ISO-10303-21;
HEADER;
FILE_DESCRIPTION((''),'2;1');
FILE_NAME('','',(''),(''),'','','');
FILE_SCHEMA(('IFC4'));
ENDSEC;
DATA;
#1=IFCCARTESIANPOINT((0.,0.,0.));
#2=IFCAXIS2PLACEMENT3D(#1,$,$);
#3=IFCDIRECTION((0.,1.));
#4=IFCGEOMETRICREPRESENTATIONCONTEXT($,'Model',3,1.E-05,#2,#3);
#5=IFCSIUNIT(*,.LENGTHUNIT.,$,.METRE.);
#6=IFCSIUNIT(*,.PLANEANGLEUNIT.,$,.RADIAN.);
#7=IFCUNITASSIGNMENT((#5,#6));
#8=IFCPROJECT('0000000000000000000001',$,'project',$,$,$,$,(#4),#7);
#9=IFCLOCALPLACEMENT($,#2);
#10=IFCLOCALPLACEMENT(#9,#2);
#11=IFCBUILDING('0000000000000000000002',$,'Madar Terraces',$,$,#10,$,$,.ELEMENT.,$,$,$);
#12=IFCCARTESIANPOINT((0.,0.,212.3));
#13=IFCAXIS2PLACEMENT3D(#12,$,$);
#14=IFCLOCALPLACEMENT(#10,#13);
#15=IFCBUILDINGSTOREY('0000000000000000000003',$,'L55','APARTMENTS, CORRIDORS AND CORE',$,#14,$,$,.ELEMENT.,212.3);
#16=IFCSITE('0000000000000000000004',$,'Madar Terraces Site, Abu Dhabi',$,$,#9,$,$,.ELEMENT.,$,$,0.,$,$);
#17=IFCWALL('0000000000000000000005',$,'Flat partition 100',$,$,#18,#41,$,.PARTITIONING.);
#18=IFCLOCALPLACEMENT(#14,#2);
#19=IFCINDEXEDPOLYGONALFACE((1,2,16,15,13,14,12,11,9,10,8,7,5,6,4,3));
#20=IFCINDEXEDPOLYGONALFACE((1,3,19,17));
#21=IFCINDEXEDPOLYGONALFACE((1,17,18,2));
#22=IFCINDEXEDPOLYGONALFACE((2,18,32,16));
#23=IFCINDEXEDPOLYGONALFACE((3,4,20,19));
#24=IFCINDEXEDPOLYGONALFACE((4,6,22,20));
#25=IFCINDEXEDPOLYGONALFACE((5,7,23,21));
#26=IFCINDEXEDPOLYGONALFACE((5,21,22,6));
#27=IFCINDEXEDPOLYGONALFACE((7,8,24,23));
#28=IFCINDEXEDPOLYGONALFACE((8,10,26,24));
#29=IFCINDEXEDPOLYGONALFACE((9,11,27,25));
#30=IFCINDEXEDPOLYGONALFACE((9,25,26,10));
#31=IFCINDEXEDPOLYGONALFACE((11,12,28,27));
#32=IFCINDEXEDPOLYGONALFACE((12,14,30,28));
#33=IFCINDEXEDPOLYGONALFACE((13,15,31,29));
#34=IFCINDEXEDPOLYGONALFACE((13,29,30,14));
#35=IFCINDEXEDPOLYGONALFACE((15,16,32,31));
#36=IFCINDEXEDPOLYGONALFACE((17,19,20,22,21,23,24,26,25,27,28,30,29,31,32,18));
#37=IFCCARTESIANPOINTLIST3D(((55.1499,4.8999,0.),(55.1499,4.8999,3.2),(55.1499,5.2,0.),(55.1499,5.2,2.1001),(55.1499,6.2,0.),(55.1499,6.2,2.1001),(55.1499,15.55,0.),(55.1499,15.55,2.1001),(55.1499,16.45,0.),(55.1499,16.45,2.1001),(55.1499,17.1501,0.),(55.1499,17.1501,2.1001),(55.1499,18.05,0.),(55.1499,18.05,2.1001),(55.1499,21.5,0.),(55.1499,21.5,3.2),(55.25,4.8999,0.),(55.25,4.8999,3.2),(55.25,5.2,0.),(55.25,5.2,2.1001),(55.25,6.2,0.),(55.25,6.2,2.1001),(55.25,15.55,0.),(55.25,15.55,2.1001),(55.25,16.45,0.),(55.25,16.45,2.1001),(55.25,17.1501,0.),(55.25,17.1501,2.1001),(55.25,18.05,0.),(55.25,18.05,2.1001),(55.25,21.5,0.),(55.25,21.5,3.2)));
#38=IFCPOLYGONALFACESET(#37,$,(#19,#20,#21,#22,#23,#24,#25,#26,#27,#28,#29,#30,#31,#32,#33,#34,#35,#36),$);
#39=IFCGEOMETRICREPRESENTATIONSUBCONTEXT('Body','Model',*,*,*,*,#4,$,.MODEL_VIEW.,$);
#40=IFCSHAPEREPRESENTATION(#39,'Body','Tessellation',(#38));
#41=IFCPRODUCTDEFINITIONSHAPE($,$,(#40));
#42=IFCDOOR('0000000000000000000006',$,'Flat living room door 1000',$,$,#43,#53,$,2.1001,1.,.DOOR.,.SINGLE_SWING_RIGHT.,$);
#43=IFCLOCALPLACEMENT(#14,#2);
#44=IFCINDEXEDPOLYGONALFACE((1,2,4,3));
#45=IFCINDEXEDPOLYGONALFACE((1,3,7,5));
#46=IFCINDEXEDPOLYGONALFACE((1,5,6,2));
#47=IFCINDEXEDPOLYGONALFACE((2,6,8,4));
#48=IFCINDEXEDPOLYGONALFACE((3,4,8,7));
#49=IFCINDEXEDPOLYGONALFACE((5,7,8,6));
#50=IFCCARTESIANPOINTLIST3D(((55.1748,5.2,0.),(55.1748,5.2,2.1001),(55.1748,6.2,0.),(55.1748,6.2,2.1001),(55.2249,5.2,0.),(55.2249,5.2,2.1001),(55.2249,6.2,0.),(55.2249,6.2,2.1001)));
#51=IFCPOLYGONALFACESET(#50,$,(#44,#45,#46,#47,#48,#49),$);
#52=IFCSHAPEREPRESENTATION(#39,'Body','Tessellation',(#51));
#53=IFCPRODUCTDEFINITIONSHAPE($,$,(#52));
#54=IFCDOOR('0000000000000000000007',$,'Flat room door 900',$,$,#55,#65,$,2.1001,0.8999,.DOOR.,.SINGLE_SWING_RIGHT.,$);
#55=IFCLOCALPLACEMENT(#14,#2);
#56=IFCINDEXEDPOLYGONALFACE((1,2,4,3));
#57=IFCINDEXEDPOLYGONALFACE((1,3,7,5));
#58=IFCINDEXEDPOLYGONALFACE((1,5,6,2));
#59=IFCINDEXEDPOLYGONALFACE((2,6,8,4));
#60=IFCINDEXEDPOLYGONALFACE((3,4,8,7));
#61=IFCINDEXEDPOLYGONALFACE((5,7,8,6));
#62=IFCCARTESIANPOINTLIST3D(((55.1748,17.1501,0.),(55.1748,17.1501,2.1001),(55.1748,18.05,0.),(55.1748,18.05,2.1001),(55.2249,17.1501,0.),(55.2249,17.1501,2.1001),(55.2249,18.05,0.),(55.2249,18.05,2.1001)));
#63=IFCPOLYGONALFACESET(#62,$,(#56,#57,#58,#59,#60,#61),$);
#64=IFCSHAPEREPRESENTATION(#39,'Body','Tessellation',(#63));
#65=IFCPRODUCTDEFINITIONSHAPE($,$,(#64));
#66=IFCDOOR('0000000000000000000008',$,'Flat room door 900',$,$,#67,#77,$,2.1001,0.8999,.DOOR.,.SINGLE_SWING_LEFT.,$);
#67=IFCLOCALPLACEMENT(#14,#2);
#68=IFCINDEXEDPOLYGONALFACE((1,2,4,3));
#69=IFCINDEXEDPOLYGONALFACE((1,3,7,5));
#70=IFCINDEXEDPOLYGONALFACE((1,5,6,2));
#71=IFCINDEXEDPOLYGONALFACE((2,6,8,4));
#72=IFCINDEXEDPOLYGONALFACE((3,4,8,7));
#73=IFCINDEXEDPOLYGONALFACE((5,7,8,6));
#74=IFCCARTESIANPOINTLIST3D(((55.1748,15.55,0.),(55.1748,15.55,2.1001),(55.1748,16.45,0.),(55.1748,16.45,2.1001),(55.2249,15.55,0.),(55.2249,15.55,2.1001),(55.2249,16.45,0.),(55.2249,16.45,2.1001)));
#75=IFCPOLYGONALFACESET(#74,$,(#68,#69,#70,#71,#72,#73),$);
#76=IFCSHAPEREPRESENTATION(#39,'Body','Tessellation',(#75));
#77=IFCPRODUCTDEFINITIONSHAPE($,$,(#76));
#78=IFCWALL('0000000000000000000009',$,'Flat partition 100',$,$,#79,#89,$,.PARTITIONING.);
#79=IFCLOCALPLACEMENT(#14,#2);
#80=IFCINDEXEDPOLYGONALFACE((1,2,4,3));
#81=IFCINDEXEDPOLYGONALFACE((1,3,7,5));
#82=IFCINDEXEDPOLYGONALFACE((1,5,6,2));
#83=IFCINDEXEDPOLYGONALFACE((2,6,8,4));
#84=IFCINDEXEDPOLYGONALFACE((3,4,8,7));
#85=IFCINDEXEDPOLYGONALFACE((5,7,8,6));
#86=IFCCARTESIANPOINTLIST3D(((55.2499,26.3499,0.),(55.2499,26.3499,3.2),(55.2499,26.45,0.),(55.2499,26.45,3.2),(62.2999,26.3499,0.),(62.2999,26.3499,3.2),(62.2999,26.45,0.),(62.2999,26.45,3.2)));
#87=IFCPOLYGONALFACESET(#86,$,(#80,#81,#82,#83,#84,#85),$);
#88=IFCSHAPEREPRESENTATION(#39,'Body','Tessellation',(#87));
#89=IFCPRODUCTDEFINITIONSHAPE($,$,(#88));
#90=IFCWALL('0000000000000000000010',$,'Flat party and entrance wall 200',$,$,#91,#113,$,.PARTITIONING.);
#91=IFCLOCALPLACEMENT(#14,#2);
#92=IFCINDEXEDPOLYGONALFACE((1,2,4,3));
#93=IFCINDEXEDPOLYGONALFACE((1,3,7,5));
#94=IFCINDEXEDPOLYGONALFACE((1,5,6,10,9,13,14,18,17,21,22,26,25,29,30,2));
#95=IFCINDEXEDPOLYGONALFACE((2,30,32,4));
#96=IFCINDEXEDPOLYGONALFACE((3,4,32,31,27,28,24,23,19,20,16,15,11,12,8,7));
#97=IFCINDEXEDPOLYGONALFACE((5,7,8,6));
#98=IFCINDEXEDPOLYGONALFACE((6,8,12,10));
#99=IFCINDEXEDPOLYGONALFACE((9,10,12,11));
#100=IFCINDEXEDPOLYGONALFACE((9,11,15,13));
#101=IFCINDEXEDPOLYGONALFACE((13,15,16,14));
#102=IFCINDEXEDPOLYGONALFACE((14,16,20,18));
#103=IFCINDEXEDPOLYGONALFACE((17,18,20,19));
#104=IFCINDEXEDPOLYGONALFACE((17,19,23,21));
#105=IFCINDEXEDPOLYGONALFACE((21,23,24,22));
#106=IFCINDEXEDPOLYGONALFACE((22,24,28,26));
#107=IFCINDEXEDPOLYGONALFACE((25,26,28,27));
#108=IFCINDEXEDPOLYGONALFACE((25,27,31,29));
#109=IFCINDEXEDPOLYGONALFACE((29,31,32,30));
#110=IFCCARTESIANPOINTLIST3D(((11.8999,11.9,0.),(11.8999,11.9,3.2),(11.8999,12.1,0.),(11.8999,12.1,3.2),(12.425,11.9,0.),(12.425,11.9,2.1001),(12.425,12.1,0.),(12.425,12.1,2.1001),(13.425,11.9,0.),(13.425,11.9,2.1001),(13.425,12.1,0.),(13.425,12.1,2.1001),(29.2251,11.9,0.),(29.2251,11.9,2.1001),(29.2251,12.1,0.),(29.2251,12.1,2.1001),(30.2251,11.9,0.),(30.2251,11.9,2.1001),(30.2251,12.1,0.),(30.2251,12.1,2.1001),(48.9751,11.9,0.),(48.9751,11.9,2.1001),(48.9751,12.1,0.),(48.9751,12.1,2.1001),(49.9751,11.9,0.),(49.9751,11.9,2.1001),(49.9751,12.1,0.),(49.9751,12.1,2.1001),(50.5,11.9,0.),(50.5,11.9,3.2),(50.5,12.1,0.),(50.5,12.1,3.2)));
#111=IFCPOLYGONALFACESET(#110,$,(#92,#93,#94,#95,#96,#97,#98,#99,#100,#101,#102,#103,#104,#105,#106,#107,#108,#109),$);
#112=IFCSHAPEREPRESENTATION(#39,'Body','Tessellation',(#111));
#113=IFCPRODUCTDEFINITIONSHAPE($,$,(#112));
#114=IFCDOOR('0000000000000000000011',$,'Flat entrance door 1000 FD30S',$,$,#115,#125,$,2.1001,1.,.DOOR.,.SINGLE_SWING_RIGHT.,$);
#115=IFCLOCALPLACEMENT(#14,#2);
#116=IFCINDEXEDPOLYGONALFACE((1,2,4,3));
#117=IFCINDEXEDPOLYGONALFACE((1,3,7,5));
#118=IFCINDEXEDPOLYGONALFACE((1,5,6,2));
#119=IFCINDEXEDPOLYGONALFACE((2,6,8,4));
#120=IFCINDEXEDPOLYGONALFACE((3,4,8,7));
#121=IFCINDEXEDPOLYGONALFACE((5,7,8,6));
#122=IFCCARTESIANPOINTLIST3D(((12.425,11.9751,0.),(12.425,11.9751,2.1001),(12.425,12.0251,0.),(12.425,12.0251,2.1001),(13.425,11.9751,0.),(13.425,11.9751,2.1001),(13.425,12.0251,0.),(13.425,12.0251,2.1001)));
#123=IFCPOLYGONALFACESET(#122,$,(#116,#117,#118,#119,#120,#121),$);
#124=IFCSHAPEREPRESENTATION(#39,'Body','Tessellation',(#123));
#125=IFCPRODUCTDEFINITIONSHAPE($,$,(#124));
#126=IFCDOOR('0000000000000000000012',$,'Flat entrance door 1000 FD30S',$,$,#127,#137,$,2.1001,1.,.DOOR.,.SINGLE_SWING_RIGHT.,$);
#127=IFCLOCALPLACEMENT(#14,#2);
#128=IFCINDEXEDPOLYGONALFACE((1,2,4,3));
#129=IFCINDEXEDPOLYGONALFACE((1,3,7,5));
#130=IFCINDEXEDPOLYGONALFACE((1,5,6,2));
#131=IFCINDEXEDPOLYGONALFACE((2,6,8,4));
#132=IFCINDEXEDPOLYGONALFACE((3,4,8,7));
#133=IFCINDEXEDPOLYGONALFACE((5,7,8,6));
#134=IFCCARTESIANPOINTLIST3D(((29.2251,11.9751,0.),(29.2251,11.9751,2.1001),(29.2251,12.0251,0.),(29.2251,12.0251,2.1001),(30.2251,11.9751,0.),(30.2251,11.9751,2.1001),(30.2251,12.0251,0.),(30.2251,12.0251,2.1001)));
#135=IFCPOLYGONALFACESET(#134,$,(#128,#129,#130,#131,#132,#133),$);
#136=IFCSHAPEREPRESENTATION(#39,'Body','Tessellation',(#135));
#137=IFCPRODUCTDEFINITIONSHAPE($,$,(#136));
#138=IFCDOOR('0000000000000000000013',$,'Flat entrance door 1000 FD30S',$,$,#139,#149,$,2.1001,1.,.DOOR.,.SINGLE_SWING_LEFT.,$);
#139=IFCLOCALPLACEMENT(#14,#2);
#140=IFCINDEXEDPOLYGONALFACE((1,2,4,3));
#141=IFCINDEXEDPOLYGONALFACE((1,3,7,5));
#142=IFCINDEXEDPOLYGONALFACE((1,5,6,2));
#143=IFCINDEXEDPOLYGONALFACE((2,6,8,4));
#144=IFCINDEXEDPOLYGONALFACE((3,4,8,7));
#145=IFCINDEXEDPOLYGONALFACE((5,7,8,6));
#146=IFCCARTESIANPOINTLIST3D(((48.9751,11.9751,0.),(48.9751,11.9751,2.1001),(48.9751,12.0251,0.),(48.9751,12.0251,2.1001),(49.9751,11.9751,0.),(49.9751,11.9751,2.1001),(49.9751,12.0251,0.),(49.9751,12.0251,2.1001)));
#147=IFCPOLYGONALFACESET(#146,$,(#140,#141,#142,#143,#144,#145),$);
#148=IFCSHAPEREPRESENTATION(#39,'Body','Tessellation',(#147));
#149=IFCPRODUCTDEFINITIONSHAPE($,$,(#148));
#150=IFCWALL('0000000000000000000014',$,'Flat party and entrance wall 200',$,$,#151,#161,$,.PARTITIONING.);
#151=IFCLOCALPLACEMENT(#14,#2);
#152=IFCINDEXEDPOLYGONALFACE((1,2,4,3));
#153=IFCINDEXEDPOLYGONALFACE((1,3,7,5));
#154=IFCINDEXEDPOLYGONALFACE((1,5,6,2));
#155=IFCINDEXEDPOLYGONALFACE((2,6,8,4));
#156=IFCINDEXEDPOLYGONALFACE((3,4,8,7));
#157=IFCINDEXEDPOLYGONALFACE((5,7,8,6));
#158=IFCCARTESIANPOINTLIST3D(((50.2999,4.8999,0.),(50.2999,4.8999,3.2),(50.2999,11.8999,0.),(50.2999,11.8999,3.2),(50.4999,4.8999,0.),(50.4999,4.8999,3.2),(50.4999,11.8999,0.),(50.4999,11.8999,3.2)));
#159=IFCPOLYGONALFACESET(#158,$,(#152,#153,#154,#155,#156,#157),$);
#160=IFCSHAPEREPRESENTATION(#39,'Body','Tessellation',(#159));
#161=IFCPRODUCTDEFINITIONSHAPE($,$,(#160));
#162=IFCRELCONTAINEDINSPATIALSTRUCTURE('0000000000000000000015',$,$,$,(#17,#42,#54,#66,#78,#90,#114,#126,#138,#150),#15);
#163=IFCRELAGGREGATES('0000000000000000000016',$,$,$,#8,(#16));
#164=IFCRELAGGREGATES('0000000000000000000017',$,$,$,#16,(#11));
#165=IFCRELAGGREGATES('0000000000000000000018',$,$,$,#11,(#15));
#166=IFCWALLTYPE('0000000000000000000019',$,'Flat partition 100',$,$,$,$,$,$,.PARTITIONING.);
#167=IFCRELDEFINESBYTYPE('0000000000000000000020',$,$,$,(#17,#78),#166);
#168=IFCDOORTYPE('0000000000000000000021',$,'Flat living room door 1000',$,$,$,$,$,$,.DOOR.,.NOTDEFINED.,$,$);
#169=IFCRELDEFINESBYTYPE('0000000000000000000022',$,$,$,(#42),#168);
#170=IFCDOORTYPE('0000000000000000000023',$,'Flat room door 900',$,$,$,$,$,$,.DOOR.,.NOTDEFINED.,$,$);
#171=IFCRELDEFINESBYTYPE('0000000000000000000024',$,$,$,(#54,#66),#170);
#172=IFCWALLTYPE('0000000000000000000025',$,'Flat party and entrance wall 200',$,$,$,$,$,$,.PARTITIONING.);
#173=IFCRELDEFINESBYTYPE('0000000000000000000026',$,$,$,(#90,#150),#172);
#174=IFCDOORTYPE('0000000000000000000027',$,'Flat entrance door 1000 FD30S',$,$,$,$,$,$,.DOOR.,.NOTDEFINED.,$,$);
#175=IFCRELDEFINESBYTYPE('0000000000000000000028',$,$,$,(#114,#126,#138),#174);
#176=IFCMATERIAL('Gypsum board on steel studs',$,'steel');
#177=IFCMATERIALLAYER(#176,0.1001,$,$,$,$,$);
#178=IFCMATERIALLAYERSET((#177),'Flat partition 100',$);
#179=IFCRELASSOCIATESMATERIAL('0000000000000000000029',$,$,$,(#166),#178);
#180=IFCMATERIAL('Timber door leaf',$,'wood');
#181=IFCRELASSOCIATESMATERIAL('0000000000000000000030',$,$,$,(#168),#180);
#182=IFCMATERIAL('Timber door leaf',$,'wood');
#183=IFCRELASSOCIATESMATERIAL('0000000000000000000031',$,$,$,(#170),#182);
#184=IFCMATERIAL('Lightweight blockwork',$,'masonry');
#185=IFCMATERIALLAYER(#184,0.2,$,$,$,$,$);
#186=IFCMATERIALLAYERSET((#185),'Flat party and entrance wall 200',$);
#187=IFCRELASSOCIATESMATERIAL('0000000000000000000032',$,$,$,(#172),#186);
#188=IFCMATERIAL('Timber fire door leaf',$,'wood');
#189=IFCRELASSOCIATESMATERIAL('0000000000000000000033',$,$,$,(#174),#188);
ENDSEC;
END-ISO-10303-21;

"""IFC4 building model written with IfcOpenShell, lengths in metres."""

from ifc_helpers import new_model, si_unit, direction, frame, frame_2d, origin, place, context, subcontext, project, spatial, rectangle, extrude, material, layer, layer_set, type_object, element, fill, save


model = new_model("IFC4")

# Units and contexts
model_context = context("Model", 3, precision=1e-05, world=origin(), true_north=direction((0.0, 1.0)))
body_context = subcontext(model_context, "Body", "Model", "MODEL_VIEW")
ifc_project = project(units=[si_unit("LENGTHUNIT", "METRE"), si_unit("PLANEANGLEUNIT", "RADIAN")], contexts=[model_context])

# Site, building, storey
site_placement = place(None, origin())
site = spatial("IfcSite", under=ifc_project, at=site_placement, Name="Madar Terraces Site, Abu Dhabi", CompositionType="ELEMENT", RefElevation=0.0)
building_placement = place(site_placement, origin())
building = spatial("IfcBuilding", under=site, at=building_placement, Name="Madar Terraces", CompositionType="ELEMENT")
storey_placement = place(building_placement, frame((0.0, 0.0, 212.3)))
storey = spatial("IfcBuildingStorey", under=building, at=storey_placement, Name="L55", Description="APARTMENTS, CORRIDORS AND CORE", CompositionType="ELEMENT", Elevation=212.3)

# Shared definitions
ifc_material_1 = material(Name="Gypsum board on steel studs", Category="steel")
ifc_layer_1 = layer(ifc_material_1, 0.1001)
ifc_layer_set_1 = layer_set([ifc_layer_1], Name="Flat partition 100")
wall_type_1 = type_object("IfcWallType", Name="Flat partition 100", PredefinedType="PARTITIONING", material=ifc_layer_set_1)

# Wall, openings, doors
wall_1_placement = place(storey_placement, frame((55.2, 21.5, 0.0), z_axis=(0.0, 0.0, 1.0), x_axis=(0.0, -1.0, 0.0)))
wall_1 = element("IfcWall", 1, at=wall_1_placement, inside=storey, type_object=wall_type_1, Name="Flat partition 100", PredefinedType="PARTITIONING", context=body_context, shape_type="SweptSolid", body=[
    extrude(rectangle(XDim=16.6001, YDim=0.1001, at=frame_2d((8.3, 0.0))), origin(), (0.0, 0.0, 1.0), 3.2),
])
opening_1_placement = place(wall_1_placement, frame((3.45, 0.0, 0.0)))
opening_1 = element("IfcOpeningElement", 2, at=opening_1_placement, cuts=wall_1, PredefinedType="OPENING", context=body_context, shape_type="SweptSolid", body=[
    extrude(rectangle(XDim=0.8999, YDim=2.1001, at=frame_2d((0.45, 1.05))), frame((0.0, 0.0601, 0.0), z_axis=(0.0, -1.0, 0.0), x_axis=(1.0, 0.0, 0.0)), (0.0, 0.0, 1.0), 0.1201),
])
opening_2_placement = place(wall_1_placement, frame((5.05, 0.0, 0.0)))
opening_2 = element("IfcOpeningElement", 3, at=opening_2_placement, cuts=wall_1, PredefinedType="OPENING", context=body_context, shape_type="SweptSolid", body=[
    extrude(rectangle(XDim=0.8999, YDim=2.1001, at=frame_2d((0.45, 1.05))), frame((0.0, 0.0601, 0.0), z_axis=(0.0, -1.0, 0.0), x_axis=(1.0, 0.0, 0.0)), (0.0, 0.0, 1.0), 0.1201),
])
opening_3_placement = place(wall_1_placement, frame((15.3, 0.0, 0.0)))
opening_3 = element("IfcOpeningElement", 4, at=opening_3_placement, cuts=wall_1, PredefinedType="OPENING", context=body_context, shape_type="SweptSolid", body=[
    extrude(rectangle(XDim=1.0, YDim=2.1001, at=frame_2d((0.5, 1.05))), frame((0.0, 0.0601, 0.0), z_axis=(0.0, -1.0, 0.0), x_axis=(1.0, 0.0, 0.0)), (0.0, 0.0, 1.0), 0.1201),
])
ifc_material_2 = material(Name="Timber door leaf", Category="wood")
door_type_1 = type_object("IfcDoorType", Name="Flat living room door 1000", OperationType="NOTDEFINED", PredefinedType="DOOR", material=ifc_material_2)
door_1_placement = place(opening_3_placement, origin())
door_1 = element("IfcDoor", 5, at=door_1_placement, inside=storey, type_object=door_type_1, Name="Flat living room door 1000", OperationType="SINGLE_SWING_RIGHT", OverallHeight=2.1001, OverallWidth=1.0, PredefinedType="DOOR", context=body_context, shape_type="SweptSolid", body=[
    extrude(rectangle(XDim=1.0, YDim=2.1001, at=frame_2d((0.5, 1.05))), frame((0.0, 0.0249, 0.0), z_axis=(0.0, -1.0, 0.0), x_axis=(1.0, 0.0, 0.0)), (0.0, 0.0, 1.0), 0.05),
])
fill(opening_3, door_1)
ifc_material_3 = material(Name="Timber door leaf", Category="wood")
door_type_2 = type_object("IfcDoorType", Name="Flat room door 900", OperationType="NOTDEFINED", PredefinedType="DOOR", material=ifc_material_3)
door_2_placement = place(opening_1_placement, origin())
door_2 = element("IfcDoor", 6, at=door_2_placement, inside=storey, type_object=door_type_2, Name="Flat room door 900", OperationType="SINGLE_SWING_RIGHT", OverallHeight=2.1001, OverallWidth=0.8999, PredefinedType="DOOR", context=body_context, shape_type="SweptSolid", body=[
    extrude(rectangle(XDim=0.8999, YDim=2.1001, at=frame_2d((0.45, 1.05))), frame((0.0, 0.0249, 0.0), z_axis=(0.0, -1.0, 0.0), x_axis=(1.0, 0.0, 0.0)), (0.0, 0.0, 1.0), 0.05),
])
fill(opening_1, door_2)
door_3_placement = place(opening_2_placement, origin())
door_3 = element("IfcDoor", 7, at=door_3_placement, inside=storey, type_object=door_type_2, Name="Flat room door 900", OperationType="SINGLE_SWING_LEFT", OverallHeight=2.1001, OverallWidth=0.8999, PredefinedType="DOOR", context=body_context, shape_type="SweptSolid", body=[
    extrude(rectangle(XDim=0.8999, YDim=2.1001, at=frame_2d((0.45, 1.05))), frame((0.0, 0.0249, 0.0), z_axis=(0.0, -1.0, 0.0), x_axis=(1.0, 0.0, 0.0)), (0.0, 0.0, 1.0), 0.05),
])
fill(opening_2, door_3)

# Wall
wall_2_placement = place(storey_placement, frame((55.25, 26.3999, 0.0), z_axis=(0.0, 0.0, 1.0), x_axis=(1.0, 0.0, 0.0)))
element("IfcWall", 8, at=wall_2_placement, inside=storey, type_object=wall_type_1, Name="Flat partition 100", PredefinedType="PARTITIONING", context=body_context, shape_type="SweptSolid", body=[
    extrude(rectangle(XDim=7.05, YDim=0.1001, at=frame_2d((3.5249, 0.0))), origin(), (0.0, 0.0, 1.0), 3.2),
])

# Wall, openings, doors
ifc_material_4 = material(Name="Lightweight blockwork", Category="masonry")
ifc_layer_2 = layer(ifc_material_4, 0.2)
ifc_layer_set_2 = layer_set([ifc_layer_2], Name="Flat party and entrance wall 200")
wall_type_2 = type_object("IfcWallType", Name="Flat party and entrance wall 200", PredefinedType="PARTITIONING", material=ifc_layer_set_2)
wall_3_placement = place(storey_placement, frame((50.5, 12.0, 0.0), z_axis=(0.0, 0.0, 1.0), x_axis=(-1.0, 0.0, 0.0)))
wall_3 = element("IfcWall", 9, at=wall_3_placement, inside=storey, type_object=wall_type_2, Name="Flat party and entrance wall 200", PredefinedType="PARTITIONING", context=body_context, shape_type="SweptSolid", body=[
    extrude(rectangle(XDim=38.6001, YDim=0.2, at=frame_2d((19.3, 0.0))), origin(), (0.0, 0.0, 1.0), 3.2),
])
opening_4_placement = place(wall_3_placement, frame((37.075, 0.0, 0.0)))
opening_4 = element("IfcOpeningElement", 10, at=opening_4_placement, cuts=wall_3, PredefinedType="OPENING", context=body_context, shape_type="SweptSolid", body=[
    extrude(rectangle(XDim=1.0, YDim=2.1001, at=frame_2d((0.5, 1.05))), frame((0.0, 0.1099, 0.0), z_axis=(0.0, -1.0, 0.0), x_axis=(1.0, 0.0, 0.0)), (0.0, 0.0, 1.0), 0.22),
])
opening_5_placement = place(wall_3_placement, frame((20.2749, 0.0, 0.0)))
opening_5 = element("IfcOpeningElement", 11, at=opening_5_placement, cuts=wall_3, PredefinedType="OPENING", context=body_context, shape_type="SweptSolid", body=[
    extrude(rectangle(XDim=1.0, YDim=2.1001, at=frame_2d((0.5, 1.05))), frame((0.0, 0.1099, 0.0), z_axis=(0.0, -1.0, 0.0), x_axis=(1.0, 0.0, 0.0)), (0.0, 0.0, 1.0), 0.22),
])
opening_6_placement = place(wall_3_placement, frame((0.5249, 0.0, 0.0)))
opening_6 = element("IfcOpeningElement", 12, at=opening_6_placement, cuts=wall_3, PredefinedType="OPENING", context=body_context, shape_type="SweptSolid", body=[
    extrude(rectangle(XDim=1.0, YDim=2.1001, at=frame_2d((0.5, 1.05))), frame((0.0, 0.1099, 0.0), z_axis=(0.0, -1.0, 0.0), x_axis=(1.0, 0.0, 0.0)), (0.0, 0.0, 1.0), 0.22),
])
ifc_material_5 = material(Name="Timber fire door leaf", Category="wood")
door_type_3 = type_object("IfcDoorType", Name="Flat entrance door 1000 FD30S", OperationType="NOTDEFINED", PredefinedType="DOOR", material=ifc_material_5)
door_4_placement = place(opening_4_placement, origin())
door_4 = element("IfcDoor", 13, at=door_4_placement, inside=storey, type_object=door_type_3, Name="Flat entrance door 1000 FD30S", OperationType="SINGLE_SWING_RIGHT", OverallHeight=2.1001, OverallWidth=1.0, PredefinedType="DOOR", context=body_context, shape_type="SweptSolid", body=[
    extrude(rectangle(XDim=1.0, YDim=2.1001, at=frame_2d((0.5, 1.05))), frame((0.0, 0.0249, 0.0), z_axis=(0.0, -1.0, 0.0), x_axis=(1.0, 0.0, 0.0)), (0.0, 0.0, 1.0), 0.05),
])
fill(opening_4, door_4)
door_5_placement = place(opening_5_placement, origin())
door_5 = element("IfcDoor", 14, at=door_5_placement, inside=storey, type_object=door_type_3, Name="Flat entrance door 1000 FD30S", OperationType="SINGLE_SWING_RIGHT", OverallHeight=2.1001, OverallWidth=1.0, PredefinedType="DOOR", context=body_context, shape_type="SweptSolid", body=[
    extrude(rectangle(XDim=1.0, YDim=2.1001, at=frame_2d((0.5, 1.05))), frame((0.0, 0.0249, 0.0), z_axis=(0.0, -1.0, 0.0), x_axis=(1.0, 0.0, 0.0)), (0.0, 0.0, 1.0), 0.05),
])
fill(opening_5, door_5)
door_6_placement = place(opening_6_placement, origin())
door_6 = element("IfcDoor", 15, at=door_6_placement, inside=storey, type_object=door_type_3, Name="Flat entrance door 1000 FD30S", OperationType="SINGLE_SWING_LEFT", OverallHeight=2.1001, OverallWidth=1.0, PredefinedType="DOOR", context=body_context, shape_type="SweptSolid", body=[
    extrude(rectangle(XDim=1.0, YDim=2.1001, at=frame_2d((0.5, 1.05))), frame((0.0, 0.0249, 0.0), z_axis=(0.0, -1.0, 0.0), x_axis=(1.0, 0.0, 0.0)), (0.0, 0.0, 1.0), 0.05),
])
fill(opening_6, door_6)

# Wall
wall_4_placement = place(storey_placement, frame((50.3999, 11.8999, 0.0), z_axis=(0.0, 0.0, 1.0), x_axis=(0.0, -1.0, 0.0)))
element("IfcWall", 16, at=wall_4_placement, inside=storey, type_object=wall_type_2, Name="Flat party and entrance wall 200", PredefinedType="PARTITIONING", context=body_context, shape_type="SweptSolid", body=[
    extrude(rectangle(XDim=7.0, YDim=0.2, at=frame_2d((3.5, 0.0))), origin(), (0.0, 0.0, 1.0), 3.2),
])

save(model, "model.ifc")
